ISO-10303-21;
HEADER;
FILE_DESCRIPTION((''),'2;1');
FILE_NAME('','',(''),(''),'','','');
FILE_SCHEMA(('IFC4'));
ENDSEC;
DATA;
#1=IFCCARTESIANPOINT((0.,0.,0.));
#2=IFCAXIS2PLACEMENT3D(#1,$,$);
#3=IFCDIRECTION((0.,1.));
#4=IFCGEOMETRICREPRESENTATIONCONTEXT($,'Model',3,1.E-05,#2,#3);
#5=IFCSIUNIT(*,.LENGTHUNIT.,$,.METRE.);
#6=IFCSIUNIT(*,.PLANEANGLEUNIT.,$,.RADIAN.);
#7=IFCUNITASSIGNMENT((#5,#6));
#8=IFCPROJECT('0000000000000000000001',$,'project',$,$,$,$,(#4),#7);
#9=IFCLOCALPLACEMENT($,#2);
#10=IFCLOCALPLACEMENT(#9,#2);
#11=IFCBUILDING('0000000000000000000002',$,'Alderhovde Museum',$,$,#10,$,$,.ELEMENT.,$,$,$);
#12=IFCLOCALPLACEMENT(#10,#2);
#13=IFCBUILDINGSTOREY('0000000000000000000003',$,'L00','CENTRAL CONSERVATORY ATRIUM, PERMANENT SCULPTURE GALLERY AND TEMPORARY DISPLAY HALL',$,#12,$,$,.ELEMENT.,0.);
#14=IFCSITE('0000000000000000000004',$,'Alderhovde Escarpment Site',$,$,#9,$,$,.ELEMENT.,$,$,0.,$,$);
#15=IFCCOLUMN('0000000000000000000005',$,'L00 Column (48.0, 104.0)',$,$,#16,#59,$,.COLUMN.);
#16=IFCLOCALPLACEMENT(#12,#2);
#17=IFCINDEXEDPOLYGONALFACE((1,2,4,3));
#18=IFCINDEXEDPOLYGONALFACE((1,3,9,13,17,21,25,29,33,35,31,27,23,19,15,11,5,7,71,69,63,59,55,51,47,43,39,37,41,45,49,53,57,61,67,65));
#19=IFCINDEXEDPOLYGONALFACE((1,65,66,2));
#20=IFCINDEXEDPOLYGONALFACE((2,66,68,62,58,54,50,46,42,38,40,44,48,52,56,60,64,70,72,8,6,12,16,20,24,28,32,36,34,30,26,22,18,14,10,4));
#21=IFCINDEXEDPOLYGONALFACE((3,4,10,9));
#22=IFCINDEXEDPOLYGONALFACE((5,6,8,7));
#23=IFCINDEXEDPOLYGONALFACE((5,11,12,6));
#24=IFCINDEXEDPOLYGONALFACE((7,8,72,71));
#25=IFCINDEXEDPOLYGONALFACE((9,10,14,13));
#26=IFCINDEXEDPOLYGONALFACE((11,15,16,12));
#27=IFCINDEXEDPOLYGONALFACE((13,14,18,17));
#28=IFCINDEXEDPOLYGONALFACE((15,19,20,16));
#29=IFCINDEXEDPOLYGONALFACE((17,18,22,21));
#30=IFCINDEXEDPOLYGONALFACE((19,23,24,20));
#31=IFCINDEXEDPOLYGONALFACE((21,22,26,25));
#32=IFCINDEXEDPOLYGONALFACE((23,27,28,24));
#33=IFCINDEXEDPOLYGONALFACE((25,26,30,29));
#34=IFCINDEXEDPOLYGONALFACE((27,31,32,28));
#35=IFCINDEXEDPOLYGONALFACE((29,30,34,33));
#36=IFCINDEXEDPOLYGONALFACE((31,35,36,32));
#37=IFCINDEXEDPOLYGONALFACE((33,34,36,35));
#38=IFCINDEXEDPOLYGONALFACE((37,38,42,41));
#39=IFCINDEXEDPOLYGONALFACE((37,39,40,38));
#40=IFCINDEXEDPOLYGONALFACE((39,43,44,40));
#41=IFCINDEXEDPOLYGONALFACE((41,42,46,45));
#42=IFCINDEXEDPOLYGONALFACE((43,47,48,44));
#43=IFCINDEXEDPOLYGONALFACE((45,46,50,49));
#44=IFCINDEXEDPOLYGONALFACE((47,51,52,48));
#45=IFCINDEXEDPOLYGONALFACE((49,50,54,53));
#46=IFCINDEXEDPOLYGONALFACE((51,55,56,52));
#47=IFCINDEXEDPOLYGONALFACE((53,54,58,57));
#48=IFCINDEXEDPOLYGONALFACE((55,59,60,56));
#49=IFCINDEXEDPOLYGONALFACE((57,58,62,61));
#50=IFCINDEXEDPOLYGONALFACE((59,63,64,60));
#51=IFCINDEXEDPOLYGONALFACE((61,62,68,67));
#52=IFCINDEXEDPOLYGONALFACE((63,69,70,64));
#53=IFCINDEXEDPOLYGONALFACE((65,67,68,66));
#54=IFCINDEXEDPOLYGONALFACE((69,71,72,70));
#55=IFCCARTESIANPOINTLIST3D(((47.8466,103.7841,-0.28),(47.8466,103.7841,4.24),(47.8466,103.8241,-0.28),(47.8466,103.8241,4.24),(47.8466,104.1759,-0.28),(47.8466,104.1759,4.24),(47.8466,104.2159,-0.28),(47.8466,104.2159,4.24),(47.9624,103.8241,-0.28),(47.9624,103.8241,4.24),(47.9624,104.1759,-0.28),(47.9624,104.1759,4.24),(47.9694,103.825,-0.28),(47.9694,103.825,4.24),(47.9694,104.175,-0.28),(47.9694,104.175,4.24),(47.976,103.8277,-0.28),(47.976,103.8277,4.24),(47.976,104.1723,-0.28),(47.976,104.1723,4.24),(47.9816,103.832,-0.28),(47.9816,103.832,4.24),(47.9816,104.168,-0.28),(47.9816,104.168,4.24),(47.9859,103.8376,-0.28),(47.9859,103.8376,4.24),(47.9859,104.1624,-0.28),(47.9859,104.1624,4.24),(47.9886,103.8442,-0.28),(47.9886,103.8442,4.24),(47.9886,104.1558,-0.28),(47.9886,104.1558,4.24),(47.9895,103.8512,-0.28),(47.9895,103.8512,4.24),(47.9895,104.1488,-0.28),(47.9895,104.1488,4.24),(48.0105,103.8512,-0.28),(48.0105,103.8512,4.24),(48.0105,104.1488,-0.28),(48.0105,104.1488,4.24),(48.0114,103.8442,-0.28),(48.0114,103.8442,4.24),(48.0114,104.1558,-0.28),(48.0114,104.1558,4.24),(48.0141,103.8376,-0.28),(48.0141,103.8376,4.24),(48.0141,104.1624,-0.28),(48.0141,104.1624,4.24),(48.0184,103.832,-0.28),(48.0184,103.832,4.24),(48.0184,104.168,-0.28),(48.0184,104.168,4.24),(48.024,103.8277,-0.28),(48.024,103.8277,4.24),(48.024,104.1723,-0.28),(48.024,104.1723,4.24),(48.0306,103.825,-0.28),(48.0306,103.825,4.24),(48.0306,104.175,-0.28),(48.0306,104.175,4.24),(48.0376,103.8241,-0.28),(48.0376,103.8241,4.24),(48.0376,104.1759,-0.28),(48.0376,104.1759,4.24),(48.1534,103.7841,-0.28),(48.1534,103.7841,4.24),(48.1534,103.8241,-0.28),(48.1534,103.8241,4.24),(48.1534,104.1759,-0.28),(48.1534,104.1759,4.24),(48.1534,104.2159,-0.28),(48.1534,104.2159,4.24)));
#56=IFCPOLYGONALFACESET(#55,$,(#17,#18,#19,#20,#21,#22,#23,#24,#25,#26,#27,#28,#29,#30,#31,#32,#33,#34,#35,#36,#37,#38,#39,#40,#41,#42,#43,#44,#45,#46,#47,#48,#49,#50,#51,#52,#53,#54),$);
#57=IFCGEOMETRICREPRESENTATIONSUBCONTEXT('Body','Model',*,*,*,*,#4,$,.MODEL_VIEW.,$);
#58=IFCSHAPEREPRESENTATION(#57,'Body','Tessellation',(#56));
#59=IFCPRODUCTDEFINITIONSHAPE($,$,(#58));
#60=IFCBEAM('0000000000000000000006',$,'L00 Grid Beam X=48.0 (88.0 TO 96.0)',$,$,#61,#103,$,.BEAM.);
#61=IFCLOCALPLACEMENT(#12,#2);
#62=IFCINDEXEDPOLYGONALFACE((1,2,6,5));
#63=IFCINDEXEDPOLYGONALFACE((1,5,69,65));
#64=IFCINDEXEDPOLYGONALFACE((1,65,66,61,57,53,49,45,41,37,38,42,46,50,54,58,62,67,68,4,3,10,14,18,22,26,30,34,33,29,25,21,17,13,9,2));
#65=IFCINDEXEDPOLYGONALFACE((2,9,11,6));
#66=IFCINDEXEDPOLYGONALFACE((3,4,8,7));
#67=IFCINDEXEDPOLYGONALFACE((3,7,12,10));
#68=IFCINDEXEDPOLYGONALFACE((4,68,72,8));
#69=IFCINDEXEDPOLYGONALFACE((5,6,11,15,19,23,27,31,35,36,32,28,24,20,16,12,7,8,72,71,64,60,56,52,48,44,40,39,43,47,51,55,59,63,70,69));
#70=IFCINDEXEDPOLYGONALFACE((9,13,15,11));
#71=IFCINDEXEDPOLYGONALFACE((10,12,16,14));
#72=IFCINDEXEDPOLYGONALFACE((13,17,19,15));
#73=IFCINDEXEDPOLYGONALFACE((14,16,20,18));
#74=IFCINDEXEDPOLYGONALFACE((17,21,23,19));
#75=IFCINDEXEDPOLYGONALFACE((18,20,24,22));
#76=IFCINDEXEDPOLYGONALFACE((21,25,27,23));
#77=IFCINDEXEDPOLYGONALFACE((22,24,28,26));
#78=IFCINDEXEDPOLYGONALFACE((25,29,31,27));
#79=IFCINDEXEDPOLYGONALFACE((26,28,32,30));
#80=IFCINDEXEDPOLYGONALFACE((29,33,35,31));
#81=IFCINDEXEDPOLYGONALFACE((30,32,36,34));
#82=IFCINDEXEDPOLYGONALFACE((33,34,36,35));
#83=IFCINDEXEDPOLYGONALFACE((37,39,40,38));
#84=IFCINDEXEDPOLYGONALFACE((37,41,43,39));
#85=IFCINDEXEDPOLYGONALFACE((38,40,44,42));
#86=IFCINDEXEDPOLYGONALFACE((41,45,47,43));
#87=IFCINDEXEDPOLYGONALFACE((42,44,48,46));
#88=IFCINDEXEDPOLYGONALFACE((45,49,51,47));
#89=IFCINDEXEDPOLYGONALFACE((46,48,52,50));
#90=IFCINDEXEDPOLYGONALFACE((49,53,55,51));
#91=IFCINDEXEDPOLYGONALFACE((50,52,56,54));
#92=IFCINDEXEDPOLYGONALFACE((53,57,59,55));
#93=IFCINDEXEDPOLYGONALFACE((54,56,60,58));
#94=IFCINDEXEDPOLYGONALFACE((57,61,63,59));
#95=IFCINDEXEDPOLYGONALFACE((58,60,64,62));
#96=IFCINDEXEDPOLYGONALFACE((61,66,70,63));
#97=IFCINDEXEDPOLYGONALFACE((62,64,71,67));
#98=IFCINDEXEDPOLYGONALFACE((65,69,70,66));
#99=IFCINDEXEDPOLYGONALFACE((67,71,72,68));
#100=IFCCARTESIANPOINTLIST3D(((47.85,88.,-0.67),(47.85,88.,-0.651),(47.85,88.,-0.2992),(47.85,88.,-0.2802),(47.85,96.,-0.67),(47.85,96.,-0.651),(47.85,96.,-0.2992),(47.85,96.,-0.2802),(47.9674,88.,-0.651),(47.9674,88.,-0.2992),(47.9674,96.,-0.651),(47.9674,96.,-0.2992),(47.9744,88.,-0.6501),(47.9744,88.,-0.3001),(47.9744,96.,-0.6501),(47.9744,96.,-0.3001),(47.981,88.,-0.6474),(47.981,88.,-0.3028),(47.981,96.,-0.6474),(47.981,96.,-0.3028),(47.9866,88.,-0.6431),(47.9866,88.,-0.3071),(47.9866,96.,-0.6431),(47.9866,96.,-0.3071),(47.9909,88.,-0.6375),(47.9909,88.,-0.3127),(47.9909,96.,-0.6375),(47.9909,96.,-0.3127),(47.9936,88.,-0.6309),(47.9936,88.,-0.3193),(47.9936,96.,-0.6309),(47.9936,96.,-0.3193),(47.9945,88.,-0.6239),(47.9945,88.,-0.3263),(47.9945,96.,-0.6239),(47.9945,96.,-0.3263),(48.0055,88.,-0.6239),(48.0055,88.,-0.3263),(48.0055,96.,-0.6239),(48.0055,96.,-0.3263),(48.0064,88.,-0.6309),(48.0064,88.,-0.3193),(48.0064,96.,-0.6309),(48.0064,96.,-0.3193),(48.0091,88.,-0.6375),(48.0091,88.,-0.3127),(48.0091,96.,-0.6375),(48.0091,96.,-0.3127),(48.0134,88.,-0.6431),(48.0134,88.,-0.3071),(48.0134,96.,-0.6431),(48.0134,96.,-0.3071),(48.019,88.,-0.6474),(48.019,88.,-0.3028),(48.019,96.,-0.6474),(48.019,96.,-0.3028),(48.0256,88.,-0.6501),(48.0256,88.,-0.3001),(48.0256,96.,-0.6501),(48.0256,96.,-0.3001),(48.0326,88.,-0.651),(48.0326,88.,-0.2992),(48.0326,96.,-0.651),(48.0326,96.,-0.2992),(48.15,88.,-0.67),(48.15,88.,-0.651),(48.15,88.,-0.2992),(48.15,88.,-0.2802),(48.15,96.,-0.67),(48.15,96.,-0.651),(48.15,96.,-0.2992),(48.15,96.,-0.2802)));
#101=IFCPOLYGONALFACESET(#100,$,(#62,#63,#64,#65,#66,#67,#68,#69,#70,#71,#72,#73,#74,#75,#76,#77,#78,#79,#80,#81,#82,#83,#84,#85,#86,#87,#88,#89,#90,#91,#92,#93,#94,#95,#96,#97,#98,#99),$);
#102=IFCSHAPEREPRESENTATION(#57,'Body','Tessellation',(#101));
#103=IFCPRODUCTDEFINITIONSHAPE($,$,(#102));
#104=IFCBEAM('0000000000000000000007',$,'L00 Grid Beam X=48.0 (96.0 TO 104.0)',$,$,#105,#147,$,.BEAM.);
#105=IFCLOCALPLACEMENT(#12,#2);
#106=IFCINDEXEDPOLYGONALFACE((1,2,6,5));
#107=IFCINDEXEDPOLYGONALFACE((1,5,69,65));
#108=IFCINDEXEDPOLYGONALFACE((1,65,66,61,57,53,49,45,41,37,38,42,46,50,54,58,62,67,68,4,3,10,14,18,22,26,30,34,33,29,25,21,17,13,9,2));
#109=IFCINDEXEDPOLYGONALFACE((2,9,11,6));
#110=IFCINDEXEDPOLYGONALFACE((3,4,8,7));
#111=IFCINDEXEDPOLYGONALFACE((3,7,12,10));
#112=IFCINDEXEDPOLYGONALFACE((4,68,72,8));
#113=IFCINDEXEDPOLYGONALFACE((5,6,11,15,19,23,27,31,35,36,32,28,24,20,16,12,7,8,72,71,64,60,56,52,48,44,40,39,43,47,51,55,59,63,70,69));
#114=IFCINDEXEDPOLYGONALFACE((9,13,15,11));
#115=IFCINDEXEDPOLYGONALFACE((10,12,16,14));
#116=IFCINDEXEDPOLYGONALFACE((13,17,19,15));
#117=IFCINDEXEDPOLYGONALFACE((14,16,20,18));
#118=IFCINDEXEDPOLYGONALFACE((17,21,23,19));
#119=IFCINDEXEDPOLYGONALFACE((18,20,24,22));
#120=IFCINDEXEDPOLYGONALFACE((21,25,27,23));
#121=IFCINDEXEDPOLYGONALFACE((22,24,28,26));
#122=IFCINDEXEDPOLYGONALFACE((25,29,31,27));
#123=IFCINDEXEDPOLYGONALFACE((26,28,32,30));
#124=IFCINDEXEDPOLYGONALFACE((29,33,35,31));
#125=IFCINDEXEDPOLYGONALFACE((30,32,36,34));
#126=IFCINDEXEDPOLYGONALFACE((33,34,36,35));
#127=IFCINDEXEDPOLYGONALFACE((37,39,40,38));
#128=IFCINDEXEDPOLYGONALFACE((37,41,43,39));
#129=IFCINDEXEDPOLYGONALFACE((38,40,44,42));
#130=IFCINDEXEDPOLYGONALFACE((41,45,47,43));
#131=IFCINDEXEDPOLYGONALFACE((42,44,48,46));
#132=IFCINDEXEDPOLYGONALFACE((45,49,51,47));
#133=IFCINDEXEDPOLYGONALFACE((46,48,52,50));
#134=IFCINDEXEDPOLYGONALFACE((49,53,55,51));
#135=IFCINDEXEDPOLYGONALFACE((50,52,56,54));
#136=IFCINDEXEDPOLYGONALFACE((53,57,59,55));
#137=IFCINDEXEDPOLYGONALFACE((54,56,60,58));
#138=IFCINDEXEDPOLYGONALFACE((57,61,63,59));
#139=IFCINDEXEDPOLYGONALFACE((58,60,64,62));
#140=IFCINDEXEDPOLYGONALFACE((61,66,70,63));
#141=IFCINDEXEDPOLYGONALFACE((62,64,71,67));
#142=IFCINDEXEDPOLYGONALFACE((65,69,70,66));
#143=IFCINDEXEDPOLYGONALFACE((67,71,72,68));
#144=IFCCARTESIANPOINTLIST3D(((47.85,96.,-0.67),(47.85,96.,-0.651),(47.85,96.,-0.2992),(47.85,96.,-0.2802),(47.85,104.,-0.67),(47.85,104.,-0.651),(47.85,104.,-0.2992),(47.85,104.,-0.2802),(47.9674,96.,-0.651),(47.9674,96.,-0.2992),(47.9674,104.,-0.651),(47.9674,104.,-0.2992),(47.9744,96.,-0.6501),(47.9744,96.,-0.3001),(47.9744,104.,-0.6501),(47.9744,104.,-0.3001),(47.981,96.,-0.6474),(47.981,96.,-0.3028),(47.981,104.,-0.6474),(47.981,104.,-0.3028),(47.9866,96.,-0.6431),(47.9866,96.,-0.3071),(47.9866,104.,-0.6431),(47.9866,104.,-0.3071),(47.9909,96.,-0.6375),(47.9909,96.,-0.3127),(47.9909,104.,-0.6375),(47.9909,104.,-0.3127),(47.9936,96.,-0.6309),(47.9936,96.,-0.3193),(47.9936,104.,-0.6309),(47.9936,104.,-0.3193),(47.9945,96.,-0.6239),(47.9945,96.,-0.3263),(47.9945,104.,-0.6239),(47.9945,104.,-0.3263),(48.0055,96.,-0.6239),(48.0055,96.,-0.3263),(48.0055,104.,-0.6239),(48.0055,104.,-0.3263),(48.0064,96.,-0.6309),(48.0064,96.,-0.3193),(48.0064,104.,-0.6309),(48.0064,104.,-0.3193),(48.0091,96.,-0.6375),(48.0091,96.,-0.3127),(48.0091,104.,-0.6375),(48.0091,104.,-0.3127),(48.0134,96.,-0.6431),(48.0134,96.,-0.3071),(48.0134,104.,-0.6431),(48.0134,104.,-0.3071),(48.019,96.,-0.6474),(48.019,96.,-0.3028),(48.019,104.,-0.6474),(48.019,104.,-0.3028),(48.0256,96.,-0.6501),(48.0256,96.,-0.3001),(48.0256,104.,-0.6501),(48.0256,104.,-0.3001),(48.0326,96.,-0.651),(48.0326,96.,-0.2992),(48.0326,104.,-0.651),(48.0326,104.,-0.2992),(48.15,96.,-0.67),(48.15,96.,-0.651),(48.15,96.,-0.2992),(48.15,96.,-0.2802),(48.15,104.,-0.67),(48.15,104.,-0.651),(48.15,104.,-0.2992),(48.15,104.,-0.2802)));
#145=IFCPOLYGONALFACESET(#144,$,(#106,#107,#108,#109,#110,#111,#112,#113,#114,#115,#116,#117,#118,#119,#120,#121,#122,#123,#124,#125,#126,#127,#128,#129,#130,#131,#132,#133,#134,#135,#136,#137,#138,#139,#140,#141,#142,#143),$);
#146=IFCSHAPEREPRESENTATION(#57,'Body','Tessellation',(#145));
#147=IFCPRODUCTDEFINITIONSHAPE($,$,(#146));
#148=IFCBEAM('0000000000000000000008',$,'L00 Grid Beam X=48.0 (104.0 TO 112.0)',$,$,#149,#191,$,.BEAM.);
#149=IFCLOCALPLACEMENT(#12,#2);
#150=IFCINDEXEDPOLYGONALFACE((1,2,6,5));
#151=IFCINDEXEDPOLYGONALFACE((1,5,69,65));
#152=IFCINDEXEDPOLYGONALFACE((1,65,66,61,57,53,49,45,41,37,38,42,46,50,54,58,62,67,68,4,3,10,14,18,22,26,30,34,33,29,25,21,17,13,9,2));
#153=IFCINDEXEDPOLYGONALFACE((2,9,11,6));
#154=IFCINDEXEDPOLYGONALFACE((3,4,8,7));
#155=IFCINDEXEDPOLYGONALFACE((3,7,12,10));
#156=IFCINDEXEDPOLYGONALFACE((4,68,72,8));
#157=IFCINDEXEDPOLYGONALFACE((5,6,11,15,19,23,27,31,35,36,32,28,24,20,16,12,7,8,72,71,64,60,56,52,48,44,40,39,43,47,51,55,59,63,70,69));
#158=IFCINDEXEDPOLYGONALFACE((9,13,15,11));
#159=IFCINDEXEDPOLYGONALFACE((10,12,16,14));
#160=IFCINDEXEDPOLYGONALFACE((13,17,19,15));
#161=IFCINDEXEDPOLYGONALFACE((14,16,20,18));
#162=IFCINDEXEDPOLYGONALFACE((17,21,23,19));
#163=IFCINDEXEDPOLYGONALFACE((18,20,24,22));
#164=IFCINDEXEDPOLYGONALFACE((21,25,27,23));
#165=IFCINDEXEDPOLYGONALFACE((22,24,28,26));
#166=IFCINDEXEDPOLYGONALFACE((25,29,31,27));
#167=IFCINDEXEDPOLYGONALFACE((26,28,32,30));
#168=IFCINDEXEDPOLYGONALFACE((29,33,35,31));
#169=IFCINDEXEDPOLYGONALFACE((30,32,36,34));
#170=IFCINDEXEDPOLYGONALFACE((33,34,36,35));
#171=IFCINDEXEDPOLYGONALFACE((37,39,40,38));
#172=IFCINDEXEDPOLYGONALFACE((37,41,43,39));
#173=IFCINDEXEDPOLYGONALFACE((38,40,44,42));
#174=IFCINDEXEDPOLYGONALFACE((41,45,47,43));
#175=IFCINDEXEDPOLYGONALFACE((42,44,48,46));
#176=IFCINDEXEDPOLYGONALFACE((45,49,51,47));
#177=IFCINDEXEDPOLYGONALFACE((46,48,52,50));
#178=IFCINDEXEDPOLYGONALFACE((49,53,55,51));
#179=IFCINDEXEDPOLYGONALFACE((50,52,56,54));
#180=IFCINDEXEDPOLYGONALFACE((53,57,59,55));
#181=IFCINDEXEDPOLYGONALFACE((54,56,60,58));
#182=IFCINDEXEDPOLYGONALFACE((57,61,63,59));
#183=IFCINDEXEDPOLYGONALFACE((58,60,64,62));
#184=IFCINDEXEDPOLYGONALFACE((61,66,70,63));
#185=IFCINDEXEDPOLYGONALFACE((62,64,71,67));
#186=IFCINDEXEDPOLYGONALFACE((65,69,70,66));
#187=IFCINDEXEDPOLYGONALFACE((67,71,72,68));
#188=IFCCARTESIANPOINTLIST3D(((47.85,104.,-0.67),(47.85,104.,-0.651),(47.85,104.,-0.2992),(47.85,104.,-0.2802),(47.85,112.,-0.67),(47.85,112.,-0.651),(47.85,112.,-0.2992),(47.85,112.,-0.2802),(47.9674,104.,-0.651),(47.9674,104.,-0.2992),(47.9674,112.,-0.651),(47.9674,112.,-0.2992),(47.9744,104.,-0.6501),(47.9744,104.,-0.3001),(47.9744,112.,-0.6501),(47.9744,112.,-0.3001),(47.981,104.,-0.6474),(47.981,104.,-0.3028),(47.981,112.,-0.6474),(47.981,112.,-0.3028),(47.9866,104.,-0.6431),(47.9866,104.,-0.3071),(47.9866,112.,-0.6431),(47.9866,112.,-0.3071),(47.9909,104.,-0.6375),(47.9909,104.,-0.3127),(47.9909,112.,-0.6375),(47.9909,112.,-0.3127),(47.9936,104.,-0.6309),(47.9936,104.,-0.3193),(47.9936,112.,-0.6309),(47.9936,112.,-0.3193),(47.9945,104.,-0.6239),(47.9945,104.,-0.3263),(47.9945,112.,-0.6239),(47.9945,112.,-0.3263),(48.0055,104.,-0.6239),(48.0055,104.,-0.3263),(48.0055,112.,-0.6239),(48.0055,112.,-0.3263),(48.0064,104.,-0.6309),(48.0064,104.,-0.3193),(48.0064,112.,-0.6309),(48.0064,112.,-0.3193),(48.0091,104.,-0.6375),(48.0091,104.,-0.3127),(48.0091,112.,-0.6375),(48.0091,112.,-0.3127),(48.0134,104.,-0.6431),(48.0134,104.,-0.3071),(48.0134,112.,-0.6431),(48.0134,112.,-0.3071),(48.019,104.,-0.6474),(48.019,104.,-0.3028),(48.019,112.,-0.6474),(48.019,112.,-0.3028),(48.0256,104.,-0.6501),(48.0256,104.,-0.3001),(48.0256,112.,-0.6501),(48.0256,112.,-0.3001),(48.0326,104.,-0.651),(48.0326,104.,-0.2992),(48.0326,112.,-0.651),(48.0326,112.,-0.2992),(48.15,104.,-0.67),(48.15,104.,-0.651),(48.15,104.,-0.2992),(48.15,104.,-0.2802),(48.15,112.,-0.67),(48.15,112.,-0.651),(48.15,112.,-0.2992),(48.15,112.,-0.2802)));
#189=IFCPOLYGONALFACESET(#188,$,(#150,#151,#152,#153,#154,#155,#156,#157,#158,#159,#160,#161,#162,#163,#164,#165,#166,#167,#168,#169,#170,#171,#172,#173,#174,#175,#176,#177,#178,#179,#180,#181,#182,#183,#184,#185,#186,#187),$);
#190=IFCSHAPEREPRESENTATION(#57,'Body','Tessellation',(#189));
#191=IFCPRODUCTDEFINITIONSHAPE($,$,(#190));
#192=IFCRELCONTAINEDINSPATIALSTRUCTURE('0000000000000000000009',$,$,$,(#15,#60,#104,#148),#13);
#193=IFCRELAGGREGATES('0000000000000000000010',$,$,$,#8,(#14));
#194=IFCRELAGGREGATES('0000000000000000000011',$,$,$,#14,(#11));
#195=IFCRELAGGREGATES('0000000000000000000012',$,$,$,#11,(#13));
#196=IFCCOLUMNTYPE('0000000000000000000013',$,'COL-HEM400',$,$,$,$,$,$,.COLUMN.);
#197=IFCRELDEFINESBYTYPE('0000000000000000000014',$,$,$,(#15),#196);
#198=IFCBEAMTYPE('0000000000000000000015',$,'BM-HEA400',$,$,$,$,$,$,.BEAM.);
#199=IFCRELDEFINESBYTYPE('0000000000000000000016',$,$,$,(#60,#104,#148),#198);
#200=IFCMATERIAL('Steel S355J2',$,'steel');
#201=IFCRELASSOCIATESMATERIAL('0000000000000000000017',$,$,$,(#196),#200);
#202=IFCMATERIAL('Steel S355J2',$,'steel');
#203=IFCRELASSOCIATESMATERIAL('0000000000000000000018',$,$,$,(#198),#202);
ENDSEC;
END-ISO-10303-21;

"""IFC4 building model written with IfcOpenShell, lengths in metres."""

from ifc_helpers import new_model, si_unit, direction, frame, origin, origin_2d, place, context, subcontext, project, spatial, i_section, extrude, material, material_profile, profile_set, type_object, element, save


model = new_model("IFC4")

# Units and contexts
model_context = context("Model", 3, precision=1e-05, world=origin(), true_north=direction((0.0, 1.0)))
body_context = subcontext(model_context, "Body", "Model", "MODEL_VIEW")
ifc_project = project(units=[si_unit("LENGTHUNIT", "METRE"), si_unit("PLANEANGLEUNIT", "RADIAN")], contexts=[model_context])

# Site, building, storey
site_placement = place(None, origin())
site = spatial("IfcSite", under=ifc_project, at=site_placement, Name="Alderhovde Escarpment Site", CompositionType="ELEMENT", RefElevation=0.0)
building_placement = place(site_placement, origin())
building = spatial("IfcBuilding", under=site, at=building_placement, Name="Alderhovde Museum", CompositionType="ELEMENT")
storey_placement = place(building_placement, origin())
storey = spatial("IfcBuildingStorey", under=building, at=storey_placement, Name="L00", Description="CENTRAL CONSERVATORY ATRIUM, PERMANENT SCULPTURE GALLERY AND TEMPORARY DISPLAY HALL", CompositionType="ELEMENT", Elevation=0.0)

# Column
ifc_material_1 = material(Name="Steel S355J2", Category="steel")
ifc_material_profile_1 = material_profile(ifc_material_1, i_section(OverallWidth=0.3069, OverallDepth=0.4319, WebThickness=0.021, FlangeThickness=0.04, FilletRadius=0.0271, at=origin_2d()), Name="HEM 400")
ifc_profile_set_1 = profile_set([ifc_material_profile_1], Name="Steel S355J2")
column_type_1 = type_object("IfcColumnType", Name="COL-HEM400", PredefinedType="COLUMN", material=ifc_profile_set_1)
for number, where, z_axis, x_axis, name in (
    (1, (48.0, 104.0, -0.28), (0.0, 0.0, 1.0), (1.0, 0.0, 0.0), "L00 Column (48.0, 104.0)"),
):
    element("IfcColumn", number, at=place(storey_placement, frame(where, z_axis=z_axis, x_axis=x_axis)), inside=storey, type_object=column_type_1, Name=name, PredefinedType="COLUMN", context=body_context, shape_type="SweptSolid", body=[
        extrude(i_section(OverallWidth=0.3069, OverallDepth=0.4319, WebThickness=0.021, FlangeThickness=0.04, FilletRadius=0.0271, at=origin_2d()), origin(), (0.0, 0.0, 1.0), 4.52),
    ])

# Beams
ifc_material_2 = material(Name="Steel S355J2", Category="steel")
ifc_material_profile_2 = material_profile(ifc_material_2, i_section(OverallWidth=0.3, OverallDepth=0.3899, WebThickness=0.011, FlangeThickness=0.019, FilletRadius=0.0271, at=origin_2d()), Name="HEA 400")
ifc_profile_set_2 = profile_set([ifc_material_profile_2], Name="Steel S355J2")
beam_type_1 = type_object("IfcBeamType", Name="BM-HEA400", PredefinedType="BEAM", material=ifc_profile_set_2)
for number, where, z_axis, x_axis, name in (
    (2, (48.0, 88.0, -0.4751), (0.0, 1.0, 0.0), (-1.0, 0.0, 0.0), "L00 Grid Beam X=48.0 (88.0 TO 96.0)"),
    (3, (48.0, 96.0, -0.4751), (0.0, 1.0, 0.0), (-1.0, 0.0, 0.0), "L00 Grid Beam X=48.0 (96.0 TO 104.0)"),
    (4, (48.0, 104.0, -0.4751), (0.0, 1.0, 0.0), (-1.0, 0.0, 0.0), "L00 Grid Beam X=48.0 (104.0 TO 112.0)"),
):
    element("IfcBeam", number, at=place(storey_placement, frame(where, z_axis=z_axis, x_axis=x_axis)), inside=storey, type_object=beam_type_1, Name=name, PredefinedType="BEAM", context=body_context, shape_type="SweptSolid", body=[
        extrude(i_section(OverallWidth=0.3, OverallDepth=0.3899, WebThickness=0.011, FlangeThickness=0.019, FilletRadius=0.0271, at=origin_2d()), origin(), (0.0, 0.0, 1.0), 8.0),
    ])

save(model, "model.ifc")
